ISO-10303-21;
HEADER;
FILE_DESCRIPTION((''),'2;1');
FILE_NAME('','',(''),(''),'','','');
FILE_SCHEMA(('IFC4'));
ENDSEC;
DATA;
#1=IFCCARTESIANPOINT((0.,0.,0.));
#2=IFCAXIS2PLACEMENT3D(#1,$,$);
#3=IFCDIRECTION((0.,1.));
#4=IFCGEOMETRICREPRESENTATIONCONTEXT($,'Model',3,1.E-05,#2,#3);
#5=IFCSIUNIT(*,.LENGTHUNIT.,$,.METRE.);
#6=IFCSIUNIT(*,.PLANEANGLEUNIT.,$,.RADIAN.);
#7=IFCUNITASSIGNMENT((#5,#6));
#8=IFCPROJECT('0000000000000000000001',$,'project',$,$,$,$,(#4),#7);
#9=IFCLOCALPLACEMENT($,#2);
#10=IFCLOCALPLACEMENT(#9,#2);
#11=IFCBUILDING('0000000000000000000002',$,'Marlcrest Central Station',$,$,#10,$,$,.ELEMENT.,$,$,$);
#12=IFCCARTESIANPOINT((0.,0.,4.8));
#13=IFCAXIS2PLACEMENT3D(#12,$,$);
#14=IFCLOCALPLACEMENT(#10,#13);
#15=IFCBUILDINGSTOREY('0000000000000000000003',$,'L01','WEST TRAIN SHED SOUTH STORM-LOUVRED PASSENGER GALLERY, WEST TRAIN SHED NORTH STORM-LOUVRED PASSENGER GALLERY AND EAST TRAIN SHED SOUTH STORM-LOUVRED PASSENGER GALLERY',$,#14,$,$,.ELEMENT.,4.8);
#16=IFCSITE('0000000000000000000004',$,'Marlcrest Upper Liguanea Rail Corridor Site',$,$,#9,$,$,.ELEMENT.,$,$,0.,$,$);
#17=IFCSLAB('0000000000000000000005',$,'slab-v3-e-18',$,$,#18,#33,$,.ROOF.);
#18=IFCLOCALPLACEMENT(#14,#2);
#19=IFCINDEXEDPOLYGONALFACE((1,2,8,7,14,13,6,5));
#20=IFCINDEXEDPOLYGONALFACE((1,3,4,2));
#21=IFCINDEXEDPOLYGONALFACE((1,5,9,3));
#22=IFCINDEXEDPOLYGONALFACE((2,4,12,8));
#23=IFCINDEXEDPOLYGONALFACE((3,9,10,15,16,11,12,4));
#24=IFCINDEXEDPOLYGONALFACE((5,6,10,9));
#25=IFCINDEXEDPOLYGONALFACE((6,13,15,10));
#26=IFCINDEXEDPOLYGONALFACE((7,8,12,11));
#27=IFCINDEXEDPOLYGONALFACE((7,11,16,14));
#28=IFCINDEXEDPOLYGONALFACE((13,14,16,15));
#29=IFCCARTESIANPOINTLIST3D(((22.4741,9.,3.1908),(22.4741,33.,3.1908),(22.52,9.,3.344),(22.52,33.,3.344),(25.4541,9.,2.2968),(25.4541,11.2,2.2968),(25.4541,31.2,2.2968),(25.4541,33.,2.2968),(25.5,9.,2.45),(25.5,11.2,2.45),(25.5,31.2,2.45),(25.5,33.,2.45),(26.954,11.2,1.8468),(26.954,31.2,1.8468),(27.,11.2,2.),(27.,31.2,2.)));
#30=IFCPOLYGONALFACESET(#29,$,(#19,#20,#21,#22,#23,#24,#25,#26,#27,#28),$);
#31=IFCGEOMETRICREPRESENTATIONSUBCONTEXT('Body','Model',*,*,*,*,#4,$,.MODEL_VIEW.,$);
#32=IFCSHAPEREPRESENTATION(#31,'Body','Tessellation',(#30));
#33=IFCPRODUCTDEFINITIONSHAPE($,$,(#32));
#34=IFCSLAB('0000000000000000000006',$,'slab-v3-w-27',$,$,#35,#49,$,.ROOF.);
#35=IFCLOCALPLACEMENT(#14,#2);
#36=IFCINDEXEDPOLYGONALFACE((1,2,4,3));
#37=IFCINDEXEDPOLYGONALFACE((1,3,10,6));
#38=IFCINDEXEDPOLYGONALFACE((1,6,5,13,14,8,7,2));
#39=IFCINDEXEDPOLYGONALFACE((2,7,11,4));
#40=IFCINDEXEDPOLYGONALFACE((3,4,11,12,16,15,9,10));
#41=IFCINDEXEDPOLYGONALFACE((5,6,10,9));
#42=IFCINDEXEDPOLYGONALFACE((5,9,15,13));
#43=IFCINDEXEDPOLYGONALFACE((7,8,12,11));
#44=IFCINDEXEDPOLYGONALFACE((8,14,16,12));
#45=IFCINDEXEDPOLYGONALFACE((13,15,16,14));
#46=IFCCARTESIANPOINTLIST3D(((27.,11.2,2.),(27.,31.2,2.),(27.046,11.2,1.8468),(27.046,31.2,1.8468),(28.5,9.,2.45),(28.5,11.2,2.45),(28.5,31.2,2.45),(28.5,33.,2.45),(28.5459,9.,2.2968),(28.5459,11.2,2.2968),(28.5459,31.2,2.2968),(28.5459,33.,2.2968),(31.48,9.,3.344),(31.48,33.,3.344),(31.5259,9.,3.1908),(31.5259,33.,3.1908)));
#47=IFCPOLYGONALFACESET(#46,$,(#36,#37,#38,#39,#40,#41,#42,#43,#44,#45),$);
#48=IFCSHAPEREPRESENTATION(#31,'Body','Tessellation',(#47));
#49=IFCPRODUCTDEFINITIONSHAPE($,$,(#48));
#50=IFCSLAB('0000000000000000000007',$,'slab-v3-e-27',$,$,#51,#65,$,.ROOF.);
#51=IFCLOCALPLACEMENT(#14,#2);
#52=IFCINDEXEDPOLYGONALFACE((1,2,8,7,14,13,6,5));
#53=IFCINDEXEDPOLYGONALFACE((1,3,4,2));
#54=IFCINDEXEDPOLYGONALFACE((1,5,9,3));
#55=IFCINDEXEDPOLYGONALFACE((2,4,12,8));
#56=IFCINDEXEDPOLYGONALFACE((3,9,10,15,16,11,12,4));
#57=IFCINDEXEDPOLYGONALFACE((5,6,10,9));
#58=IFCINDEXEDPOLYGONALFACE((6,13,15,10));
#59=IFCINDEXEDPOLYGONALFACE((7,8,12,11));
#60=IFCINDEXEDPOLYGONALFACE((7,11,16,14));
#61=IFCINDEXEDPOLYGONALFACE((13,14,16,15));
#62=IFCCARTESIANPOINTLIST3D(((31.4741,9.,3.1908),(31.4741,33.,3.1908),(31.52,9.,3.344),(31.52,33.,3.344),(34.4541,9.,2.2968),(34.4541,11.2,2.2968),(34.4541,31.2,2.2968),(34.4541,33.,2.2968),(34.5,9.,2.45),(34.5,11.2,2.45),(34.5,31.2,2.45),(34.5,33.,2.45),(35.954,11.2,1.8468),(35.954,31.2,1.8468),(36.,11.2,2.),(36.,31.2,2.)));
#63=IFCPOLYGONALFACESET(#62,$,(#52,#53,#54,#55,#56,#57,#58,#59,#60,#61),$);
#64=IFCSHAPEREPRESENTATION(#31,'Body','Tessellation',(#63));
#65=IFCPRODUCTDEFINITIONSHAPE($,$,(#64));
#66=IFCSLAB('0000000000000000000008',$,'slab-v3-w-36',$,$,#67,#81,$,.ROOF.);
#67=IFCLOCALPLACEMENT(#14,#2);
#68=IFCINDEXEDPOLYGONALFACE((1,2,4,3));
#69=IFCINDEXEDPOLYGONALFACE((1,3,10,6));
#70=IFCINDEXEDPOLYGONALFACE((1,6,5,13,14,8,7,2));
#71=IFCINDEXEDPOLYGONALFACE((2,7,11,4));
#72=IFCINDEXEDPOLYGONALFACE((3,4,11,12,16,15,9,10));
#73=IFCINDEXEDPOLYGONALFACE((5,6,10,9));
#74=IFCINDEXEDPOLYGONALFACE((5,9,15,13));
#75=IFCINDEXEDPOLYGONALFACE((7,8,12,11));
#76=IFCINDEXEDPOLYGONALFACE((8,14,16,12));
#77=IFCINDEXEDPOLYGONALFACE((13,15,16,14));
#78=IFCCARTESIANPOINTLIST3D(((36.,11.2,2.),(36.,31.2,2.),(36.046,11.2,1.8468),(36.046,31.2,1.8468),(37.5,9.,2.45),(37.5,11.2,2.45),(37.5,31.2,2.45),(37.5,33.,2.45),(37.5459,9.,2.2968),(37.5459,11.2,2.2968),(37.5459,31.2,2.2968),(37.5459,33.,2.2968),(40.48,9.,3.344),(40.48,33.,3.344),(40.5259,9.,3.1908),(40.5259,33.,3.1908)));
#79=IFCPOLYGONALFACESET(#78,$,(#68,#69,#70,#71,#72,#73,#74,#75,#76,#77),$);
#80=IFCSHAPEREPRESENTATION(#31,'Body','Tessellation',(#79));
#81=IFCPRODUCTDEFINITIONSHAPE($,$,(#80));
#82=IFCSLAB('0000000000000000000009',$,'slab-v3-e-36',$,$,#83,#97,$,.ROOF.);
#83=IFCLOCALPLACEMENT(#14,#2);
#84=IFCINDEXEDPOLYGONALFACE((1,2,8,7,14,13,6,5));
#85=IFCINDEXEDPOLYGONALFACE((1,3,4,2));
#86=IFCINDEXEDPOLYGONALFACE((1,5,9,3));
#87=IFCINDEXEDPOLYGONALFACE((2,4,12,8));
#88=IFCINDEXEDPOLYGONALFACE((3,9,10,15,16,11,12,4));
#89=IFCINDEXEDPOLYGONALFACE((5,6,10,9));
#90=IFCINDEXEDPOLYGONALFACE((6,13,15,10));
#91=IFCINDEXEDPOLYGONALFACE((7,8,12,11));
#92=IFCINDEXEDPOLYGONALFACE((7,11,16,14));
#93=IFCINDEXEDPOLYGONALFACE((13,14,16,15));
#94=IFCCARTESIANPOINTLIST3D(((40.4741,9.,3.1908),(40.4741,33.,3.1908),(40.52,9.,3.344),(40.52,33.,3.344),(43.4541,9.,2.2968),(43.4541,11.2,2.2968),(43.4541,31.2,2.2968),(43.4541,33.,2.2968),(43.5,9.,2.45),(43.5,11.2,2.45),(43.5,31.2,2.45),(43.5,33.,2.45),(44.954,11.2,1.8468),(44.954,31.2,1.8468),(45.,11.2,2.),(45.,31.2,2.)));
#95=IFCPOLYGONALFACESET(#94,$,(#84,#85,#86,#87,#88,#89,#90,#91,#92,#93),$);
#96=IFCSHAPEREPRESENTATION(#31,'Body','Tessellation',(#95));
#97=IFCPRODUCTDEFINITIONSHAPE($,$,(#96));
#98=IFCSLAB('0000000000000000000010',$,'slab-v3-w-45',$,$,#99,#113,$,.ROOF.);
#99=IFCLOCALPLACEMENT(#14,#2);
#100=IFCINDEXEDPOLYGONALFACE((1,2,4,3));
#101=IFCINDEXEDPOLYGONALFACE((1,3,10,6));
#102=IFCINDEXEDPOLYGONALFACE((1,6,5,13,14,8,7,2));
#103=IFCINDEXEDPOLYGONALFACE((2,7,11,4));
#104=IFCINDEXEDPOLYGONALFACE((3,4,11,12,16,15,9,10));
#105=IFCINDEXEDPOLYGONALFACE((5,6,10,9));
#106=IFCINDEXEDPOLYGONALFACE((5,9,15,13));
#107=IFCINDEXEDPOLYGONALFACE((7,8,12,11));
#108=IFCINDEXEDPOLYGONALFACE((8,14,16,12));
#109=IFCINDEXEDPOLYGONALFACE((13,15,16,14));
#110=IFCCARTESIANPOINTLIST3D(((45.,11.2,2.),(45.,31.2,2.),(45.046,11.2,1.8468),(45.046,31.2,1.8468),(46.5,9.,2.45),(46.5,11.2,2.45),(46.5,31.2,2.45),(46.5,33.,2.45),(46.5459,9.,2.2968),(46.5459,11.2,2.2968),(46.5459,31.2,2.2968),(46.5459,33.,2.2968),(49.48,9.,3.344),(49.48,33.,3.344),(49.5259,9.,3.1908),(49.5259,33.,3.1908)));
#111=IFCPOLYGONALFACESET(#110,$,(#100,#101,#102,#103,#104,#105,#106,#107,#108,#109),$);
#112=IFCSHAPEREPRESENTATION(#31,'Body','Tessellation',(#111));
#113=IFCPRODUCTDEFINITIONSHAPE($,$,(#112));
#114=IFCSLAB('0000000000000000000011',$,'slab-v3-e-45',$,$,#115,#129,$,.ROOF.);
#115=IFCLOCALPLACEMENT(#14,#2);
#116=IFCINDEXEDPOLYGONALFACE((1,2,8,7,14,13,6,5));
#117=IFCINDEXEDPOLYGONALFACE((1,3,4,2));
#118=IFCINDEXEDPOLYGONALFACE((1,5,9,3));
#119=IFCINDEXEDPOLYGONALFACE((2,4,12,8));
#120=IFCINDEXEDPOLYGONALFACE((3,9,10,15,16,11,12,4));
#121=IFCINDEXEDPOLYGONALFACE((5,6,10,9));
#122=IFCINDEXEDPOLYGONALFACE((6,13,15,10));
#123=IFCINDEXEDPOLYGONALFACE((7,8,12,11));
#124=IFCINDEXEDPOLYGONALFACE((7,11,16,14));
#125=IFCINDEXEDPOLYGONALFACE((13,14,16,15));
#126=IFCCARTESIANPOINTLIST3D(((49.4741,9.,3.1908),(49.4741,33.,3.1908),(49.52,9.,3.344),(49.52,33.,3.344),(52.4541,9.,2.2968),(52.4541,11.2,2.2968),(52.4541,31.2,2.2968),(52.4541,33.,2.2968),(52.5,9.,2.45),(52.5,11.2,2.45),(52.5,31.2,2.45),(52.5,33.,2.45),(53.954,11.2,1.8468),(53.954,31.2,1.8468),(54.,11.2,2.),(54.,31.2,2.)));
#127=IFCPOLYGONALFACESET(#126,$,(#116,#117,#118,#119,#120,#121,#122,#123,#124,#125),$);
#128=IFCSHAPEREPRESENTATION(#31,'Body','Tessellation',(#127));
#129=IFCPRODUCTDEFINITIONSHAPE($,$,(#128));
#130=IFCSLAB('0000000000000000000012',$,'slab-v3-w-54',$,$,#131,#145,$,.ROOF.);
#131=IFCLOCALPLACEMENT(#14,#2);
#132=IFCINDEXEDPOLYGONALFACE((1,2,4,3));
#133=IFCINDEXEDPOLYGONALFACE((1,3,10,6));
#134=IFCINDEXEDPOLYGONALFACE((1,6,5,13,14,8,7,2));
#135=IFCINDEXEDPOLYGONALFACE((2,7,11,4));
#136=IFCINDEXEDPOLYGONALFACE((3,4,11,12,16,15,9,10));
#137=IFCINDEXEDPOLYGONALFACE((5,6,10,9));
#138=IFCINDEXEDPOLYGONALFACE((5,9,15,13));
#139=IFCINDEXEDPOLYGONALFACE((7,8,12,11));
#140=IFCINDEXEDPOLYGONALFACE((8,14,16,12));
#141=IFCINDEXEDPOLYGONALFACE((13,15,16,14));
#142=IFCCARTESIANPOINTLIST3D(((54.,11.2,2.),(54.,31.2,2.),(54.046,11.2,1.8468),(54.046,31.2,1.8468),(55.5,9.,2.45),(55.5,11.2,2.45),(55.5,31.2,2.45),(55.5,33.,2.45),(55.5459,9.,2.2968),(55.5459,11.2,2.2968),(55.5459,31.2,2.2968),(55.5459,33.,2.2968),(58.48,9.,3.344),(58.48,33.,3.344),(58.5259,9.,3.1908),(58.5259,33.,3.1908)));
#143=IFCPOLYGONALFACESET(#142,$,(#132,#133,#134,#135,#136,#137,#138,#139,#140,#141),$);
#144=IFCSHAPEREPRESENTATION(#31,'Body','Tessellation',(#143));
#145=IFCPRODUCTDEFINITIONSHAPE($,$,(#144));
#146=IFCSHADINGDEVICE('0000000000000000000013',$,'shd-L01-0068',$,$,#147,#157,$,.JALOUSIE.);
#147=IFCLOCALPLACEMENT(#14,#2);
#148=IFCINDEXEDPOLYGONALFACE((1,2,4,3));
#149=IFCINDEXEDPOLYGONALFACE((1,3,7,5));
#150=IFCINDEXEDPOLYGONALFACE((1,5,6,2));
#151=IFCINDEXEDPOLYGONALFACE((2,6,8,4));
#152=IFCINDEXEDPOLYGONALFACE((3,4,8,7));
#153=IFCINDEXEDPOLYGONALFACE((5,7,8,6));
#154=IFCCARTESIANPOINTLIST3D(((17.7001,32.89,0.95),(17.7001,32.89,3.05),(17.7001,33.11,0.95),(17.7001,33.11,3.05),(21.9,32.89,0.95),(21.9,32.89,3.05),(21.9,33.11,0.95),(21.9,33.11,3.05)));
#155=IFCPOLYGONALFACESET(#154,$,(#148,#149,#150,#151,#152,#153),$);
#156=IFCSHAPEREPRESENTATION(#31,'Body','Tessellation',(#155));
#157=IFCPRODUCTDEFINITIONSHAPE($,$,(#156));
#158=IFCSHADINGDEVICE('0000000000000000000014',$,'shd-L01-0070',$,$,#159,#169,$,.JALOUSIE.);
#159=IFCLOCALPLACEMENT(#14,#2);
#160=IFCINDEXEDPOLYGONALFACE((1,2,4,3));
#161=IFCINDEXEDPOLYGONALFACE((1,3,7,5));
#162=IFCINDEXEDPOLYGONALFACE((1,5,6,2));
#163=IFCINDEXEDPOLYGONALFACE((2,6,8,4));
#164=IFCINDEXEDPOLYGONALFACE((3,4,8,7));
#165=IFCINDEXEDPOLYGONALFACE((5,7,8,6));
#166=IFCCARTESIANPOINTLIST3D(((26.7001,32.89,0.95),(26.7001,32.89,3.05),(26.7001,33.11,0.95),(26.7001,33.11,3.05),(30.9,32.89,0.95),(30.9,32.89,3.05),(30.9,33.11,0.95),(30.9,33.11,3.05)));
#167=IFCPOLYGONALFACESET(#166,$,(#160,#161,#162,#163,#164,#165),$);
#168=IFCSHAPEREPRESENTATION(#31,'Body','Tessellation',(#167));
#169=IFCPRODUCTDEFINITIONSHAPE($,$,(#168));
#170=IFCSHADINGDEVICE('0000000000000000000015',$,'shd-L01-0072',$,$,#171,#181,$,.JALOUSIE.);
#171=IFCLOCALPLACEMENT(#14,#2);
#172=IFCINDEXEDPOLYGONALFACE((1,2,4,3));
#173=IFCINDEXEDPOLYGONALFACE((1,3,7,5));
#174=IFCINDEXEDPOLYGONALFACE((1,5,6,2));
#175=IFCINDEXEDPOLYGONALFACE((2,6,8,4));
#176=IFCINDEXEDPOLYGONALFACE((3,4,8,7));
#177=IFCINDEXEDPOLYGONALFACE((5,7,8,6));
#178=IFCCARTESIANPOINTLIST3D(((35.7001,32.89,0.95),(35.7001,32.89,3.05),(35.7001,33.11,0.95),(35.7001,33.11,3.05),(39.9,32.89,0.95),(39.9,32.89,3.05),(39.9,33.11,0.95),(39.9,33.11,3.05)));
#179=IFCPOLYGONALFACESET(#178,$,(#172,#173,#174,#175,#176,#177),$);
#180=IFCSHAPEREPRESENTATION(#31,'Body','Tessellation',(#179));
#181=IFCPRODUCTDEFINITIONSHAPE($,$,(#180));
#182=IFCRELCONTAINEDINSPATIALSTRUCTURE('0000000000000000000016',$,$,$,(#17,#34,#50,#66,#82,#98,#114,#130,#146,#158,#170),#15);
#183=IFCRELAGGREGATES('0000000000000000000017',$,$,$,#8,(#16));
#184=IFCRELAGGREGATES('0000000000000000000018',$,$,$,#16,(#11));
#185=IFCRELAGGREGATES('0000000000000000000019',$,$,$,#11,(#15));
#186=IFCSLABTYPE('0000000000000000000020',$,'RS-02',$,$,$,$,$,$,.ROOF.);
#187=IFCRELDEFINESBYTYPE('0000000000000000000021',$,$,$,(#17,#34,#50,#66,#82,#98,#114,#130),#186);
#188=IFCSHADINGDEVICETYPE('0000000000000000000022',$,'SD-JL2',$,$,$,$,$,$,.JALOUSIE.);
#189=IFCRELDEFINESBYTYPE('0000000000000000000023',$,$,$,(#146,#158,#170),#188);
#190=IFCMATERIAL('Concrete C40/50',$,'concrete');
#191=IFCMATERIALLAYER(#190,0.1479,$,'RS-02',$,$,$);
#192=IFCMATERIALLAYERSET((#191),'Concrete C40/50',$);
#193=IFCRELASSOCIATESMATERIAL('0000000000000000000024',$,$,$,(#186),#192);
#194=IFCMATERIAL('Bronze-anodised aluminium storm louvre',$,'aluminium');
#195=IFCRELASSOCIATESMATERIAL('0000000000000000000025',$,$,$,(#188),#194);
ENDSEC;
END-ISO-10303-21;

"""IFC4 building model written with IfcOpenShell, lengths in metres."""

from ifc_helpers import new_model, si_unit, direction, frame, origin, origin_2d, place, context, subcontext, project, spatial, polyline, rectangle, outline, extrude, material, layer, layer_set, type_object, element, save


model = new_model("IFC4")

# Units and contexts
model_context = context("Model", 3, precision=1e-05, world=origin(), true_north=direction((0.0, 1.0)))
body_context = subcontext(model_context, "Body", "Model", "MODEL_VIEW")
ifc_project = project(units=[si_unit("LENGTHUNIT", "METRE"), si_unit("PLANEANGLEUNIT", "RADIAN")], contexts=[model_context])

# Site, building, storey
site_placement = place(None, origin())
site = spatial("IfcSite", under=ifc_project, at=site_placement, Name="Marlcrest Upper Liguanea Rail Corridor Site", CompositionType="ELEMENT", RefElevation=0.0)
building_placement = place(site_placement, origin())
building = spatial("IfcBuilding", under=site, at=building_placement, Name="Marlcrest Central Station", CompositionType="ELEMENT")
storey_placement = place(building_placement, frame((0.0, 0.0, 4.8)))
storey = spatial("IfcBuildingStorey", under=building, at=storey_placement, Name="L01", Description="WEST TRAIN SHED SOUTH STORM-LOUVRED PASSENGER GALLERY, WEST TRAIN SHED NORTH STORM-LOUVRED PASSENGER GALLERY AND EAST TRAIN SHED SOUTH STORM-LOUVRED PASSENGER GALLERY", CompositionType="ELEMENT", Elevation=4.8)

# Slabs
ifc_material_1 = material(Name="Concrete C40/50", Category="concrete")
ifc_layer = layer(ifc_material_1, 0.1479, Name="RS-02")
ifc_layer_set = layer_set([ifc_layer], Name="Concrete C40/50")
slab_type = type_object("IfcSlabType", Name="RS-02", PredefinedType="ROOF", material=ifc_layer_set)
slab_1_placement = place(storey_placement, frame((22.52, 9.0, 3.344), z_axis=(0.28735, 0.0, 0.957826), x_axis=(0.957826, 0.0, -0.28735)))
element("IfcSlab", 1, at=slab_1_placement, inside=storey, type_object=slab_type, Name="slab-v3-e-18", PredefinedType="ROOF", context=body_context, shape_type="SweptSolid", body=[
    extrude(outline(polyline([(0.0, 0.0), (3.1112, 0.0), (3.1112, 2.2), (4.6772, 2.2), (4.6772, 22.2), (3.1112, 22.2), (3.1112, 24.0), (0.0, 24.0), (0.0, 0.0)])), origin(), (0.0, 0.0, -1.0), 0.1599),
])
slab_2_placement = place(storey_placement, frame((27.0, 11.2, 2.0), z_axis=(-0.28735, 0.0, 0.957826), x_axis=(0.957826, 0.0, 0.28735)))
element("IfcSlab", 2, at=slab_2_placement, inside=storey, type_object=slab_type, Name="slab-v3-w-27", PredefinedType="ROOF", context=body_context, shape_type="SweptSolid", body=[
    extrude(outline(polyline([(0.0, 0.0), (1.566, 0.0), (1.566, -2.2), (4.6772, -2.2), (4.6772, 21.8), (1.566, 21.8), (1.566, 20.0), (0.0, 20.0), (0.0, 0.0)])), origin(), (0.0, 0.0, -1.0), 0.1599),
])
slab_3_placement = place(storey_placement, frame((31.52, 9.0, 3.344), z_axis=(0.28735, 0.0, 0.957826), x_axis=(0.957826, 0.0, -0.28735)))
element("IfcSlab", 3, at=slab_3_placement, inside=storey, type_object=slab_type, Name="slab-v3-e-27", PredefinedType="ROOF", context=body_context, shape_type="SweptSolid", body=[
    extrude(outline(polyline([(0.0, 0.0), (3.1112, 0.0), (3.1112, 2.2), (4.6772, 2.2), (4.6772, 22.2), (3.1112, 22.2), (3.1112, 24.0), (0.0, 24.0), (0.0, 0.0)])), origin(), (0.0, 0.0, -1.0), 0.1599),
])
slab_4_placement = place(storey_placement, frame((36.0, 11.2, 2.0), z_axis=(-0.28735, 0.0, 0.957826), x_axis=(0.957826, 0.0, 0.28735)))
element("IfcSlab", 4, at=slab_4_placement, inside=storey, type_object=slab_type, Name="slab-v3-w-36", PredefinedType="ROOF", context=body_context, shape_type="SweptSolid", body=[
    extrude(outline(polyline([(0.0, 0.0), (1.566, 0.0), (1.566, -2.2), (4.6772, -2.2), (4.6772, 21.8), (1.566, 21.8), (1.566, 20.0), (0.0, 20.0), (0.0, 0.0)])), origin(), (0.0, 0.0, -1.0), 0.1599),
])
slab_5_placement = place(storey_placement, frame((40.52, 9.0, 3.344), z_axis=(0.28735, 0.0, 0.957826), x_axis=(0.957826, 0.0, -0.28735)))
element("IfcSlab", 5, at=slab_5_placement, inside=storey, type_object=slab_type, Name="slab-v3-e-36", PredefinedType="ROOF", context=body_context, shape_type="SweptSolid", body=[
    extrude(outline(polyline([(0.0, 0.0), (3.1112, 0.0), (3.1112, 2.2), (4.6772, 2.2), (4.6772, 22.2), (3.1112, 22.2), (3.1112, 24.0), (0.0, 24.0), (0.0, 0.0)])), origin(), (0.0, 0.0, -1.0), 0.1599),
])
slab_6_placement = place(storey_placement, frame((45.0, 11.2, 2.0), z_axis=(-0.28735, 0.0, 0.957826), x_axis=(0.957826, 0.0, 0.28735)))
element("IfcSlab", 6, at=slab_6_placement, inside=storey, type_object=slab_type, Name="slab-v3-w-45", PredefinedType="ROOF", context=body_context, shape_type="SweptSolid", body=[
    extrude(outline(polyline([(0.0, 0.0), (1.566, 0.0), (1.566, -2.2), (4.6772, -2.2), (4.6772, 21.8), (1.566, 21.8), (1.566, 20.0), (0.0, 20.0), (0.0, 0.0)])), origin(), (0.0, 0.0, -1.0), 0.1599),
])
slab_7_placement = place(storey_placement, frame((49.52, 9.0, 3.344), z_axis=(0.28735, 0.0, 0.957826), x_axis=(0.957826, 0.0, -0.28735)))
element("IfcSlab", 7, at=slab_7_placement, inside=storey, type_object=slab_type, Name="slab-v3-e-45", PredefinedType="ROOF", context=body_context, shape_type="SweptSolid", body=[
    extrude(outline(polyline([(0.0, 0.0), (3.1112, 0.0), (3.1112, 2.2), (4.6772, 2.2), (4.6772, 22.2), (3.1112, 22.2), (3.1112, 24.0), (0.0, 24.0), (0.0, 0.0)])), origin(), (0.0, 0.0, -1.0), 0.1599),
])
slab_8_placement = place(storey_placement, frame((54.0, 11.2, 2.0), z_axis=(-0.28735, 0.0, 0.957826), x_axis=(0.957826, 0.0, 0.28735)))
element("IfcSlab", 8, at=slab_8_placement, inside=storey, type_object=slab_type, Name="slab-v3-w-54", PredefinedType="ROOF", context=body_context, shape_type="SweptSolid", body=[
    extrude(outline(polyline([(0.0, 0.0), (1.566, 0.0), (1.566, -2.2), (4.6772, -2.2), (4.6772, 21.8), (1.566, 21.8), (1.566, 20.0), (0.0, 20.0), (0.0, 0.0)])), origin(), (0.0, 0.0, -1.0), 0.1599),
])

# Shading devices
ifc_material_2 = material(Name="Bronze-anodised aluminium storm louvre", Category="aluminium")
shading_device_type = type_object("IfcShadingDeviceType", Name="SD-JL2", PredefinedType="JALOUSIE", material=ifc_material_2)
for number, where, z_axis, x_axis, name in (
    (9, (19.8, 33.0, 0.95), (0.0, 0.0, 1.0), (1.0, 0.0, 0.0), "shd-L01-0068"),
    (10, (28.8, 33.0, 0.95), (0.0, 0.0, 1.0), (1.0, 0.0, 0.0), "shd-L01-0070"),
    (11, (37.8, 33.0, 0.95), (0.0, 0.0, 1.0), (1.0, 0.0, 0.0), "shd-L01-0072"),
):
    element("IfcShadingDevice", number, at=place(storey_placement, frame(where, z_axis=z_axis, x_axis=x_axis)), inside=storey, type_object=shading_device_type, Name=name, PredefinedType="JALOUSIE", context=body_context, shape_type="SweptSolid", body=[
        extrude(rectangle(XDim=4.2, YDim=0.22, at=origin_2d()), origin(), (0.0, 0.0, 1.0), 2.1001),
    ])

save(model, "model.ifc")
